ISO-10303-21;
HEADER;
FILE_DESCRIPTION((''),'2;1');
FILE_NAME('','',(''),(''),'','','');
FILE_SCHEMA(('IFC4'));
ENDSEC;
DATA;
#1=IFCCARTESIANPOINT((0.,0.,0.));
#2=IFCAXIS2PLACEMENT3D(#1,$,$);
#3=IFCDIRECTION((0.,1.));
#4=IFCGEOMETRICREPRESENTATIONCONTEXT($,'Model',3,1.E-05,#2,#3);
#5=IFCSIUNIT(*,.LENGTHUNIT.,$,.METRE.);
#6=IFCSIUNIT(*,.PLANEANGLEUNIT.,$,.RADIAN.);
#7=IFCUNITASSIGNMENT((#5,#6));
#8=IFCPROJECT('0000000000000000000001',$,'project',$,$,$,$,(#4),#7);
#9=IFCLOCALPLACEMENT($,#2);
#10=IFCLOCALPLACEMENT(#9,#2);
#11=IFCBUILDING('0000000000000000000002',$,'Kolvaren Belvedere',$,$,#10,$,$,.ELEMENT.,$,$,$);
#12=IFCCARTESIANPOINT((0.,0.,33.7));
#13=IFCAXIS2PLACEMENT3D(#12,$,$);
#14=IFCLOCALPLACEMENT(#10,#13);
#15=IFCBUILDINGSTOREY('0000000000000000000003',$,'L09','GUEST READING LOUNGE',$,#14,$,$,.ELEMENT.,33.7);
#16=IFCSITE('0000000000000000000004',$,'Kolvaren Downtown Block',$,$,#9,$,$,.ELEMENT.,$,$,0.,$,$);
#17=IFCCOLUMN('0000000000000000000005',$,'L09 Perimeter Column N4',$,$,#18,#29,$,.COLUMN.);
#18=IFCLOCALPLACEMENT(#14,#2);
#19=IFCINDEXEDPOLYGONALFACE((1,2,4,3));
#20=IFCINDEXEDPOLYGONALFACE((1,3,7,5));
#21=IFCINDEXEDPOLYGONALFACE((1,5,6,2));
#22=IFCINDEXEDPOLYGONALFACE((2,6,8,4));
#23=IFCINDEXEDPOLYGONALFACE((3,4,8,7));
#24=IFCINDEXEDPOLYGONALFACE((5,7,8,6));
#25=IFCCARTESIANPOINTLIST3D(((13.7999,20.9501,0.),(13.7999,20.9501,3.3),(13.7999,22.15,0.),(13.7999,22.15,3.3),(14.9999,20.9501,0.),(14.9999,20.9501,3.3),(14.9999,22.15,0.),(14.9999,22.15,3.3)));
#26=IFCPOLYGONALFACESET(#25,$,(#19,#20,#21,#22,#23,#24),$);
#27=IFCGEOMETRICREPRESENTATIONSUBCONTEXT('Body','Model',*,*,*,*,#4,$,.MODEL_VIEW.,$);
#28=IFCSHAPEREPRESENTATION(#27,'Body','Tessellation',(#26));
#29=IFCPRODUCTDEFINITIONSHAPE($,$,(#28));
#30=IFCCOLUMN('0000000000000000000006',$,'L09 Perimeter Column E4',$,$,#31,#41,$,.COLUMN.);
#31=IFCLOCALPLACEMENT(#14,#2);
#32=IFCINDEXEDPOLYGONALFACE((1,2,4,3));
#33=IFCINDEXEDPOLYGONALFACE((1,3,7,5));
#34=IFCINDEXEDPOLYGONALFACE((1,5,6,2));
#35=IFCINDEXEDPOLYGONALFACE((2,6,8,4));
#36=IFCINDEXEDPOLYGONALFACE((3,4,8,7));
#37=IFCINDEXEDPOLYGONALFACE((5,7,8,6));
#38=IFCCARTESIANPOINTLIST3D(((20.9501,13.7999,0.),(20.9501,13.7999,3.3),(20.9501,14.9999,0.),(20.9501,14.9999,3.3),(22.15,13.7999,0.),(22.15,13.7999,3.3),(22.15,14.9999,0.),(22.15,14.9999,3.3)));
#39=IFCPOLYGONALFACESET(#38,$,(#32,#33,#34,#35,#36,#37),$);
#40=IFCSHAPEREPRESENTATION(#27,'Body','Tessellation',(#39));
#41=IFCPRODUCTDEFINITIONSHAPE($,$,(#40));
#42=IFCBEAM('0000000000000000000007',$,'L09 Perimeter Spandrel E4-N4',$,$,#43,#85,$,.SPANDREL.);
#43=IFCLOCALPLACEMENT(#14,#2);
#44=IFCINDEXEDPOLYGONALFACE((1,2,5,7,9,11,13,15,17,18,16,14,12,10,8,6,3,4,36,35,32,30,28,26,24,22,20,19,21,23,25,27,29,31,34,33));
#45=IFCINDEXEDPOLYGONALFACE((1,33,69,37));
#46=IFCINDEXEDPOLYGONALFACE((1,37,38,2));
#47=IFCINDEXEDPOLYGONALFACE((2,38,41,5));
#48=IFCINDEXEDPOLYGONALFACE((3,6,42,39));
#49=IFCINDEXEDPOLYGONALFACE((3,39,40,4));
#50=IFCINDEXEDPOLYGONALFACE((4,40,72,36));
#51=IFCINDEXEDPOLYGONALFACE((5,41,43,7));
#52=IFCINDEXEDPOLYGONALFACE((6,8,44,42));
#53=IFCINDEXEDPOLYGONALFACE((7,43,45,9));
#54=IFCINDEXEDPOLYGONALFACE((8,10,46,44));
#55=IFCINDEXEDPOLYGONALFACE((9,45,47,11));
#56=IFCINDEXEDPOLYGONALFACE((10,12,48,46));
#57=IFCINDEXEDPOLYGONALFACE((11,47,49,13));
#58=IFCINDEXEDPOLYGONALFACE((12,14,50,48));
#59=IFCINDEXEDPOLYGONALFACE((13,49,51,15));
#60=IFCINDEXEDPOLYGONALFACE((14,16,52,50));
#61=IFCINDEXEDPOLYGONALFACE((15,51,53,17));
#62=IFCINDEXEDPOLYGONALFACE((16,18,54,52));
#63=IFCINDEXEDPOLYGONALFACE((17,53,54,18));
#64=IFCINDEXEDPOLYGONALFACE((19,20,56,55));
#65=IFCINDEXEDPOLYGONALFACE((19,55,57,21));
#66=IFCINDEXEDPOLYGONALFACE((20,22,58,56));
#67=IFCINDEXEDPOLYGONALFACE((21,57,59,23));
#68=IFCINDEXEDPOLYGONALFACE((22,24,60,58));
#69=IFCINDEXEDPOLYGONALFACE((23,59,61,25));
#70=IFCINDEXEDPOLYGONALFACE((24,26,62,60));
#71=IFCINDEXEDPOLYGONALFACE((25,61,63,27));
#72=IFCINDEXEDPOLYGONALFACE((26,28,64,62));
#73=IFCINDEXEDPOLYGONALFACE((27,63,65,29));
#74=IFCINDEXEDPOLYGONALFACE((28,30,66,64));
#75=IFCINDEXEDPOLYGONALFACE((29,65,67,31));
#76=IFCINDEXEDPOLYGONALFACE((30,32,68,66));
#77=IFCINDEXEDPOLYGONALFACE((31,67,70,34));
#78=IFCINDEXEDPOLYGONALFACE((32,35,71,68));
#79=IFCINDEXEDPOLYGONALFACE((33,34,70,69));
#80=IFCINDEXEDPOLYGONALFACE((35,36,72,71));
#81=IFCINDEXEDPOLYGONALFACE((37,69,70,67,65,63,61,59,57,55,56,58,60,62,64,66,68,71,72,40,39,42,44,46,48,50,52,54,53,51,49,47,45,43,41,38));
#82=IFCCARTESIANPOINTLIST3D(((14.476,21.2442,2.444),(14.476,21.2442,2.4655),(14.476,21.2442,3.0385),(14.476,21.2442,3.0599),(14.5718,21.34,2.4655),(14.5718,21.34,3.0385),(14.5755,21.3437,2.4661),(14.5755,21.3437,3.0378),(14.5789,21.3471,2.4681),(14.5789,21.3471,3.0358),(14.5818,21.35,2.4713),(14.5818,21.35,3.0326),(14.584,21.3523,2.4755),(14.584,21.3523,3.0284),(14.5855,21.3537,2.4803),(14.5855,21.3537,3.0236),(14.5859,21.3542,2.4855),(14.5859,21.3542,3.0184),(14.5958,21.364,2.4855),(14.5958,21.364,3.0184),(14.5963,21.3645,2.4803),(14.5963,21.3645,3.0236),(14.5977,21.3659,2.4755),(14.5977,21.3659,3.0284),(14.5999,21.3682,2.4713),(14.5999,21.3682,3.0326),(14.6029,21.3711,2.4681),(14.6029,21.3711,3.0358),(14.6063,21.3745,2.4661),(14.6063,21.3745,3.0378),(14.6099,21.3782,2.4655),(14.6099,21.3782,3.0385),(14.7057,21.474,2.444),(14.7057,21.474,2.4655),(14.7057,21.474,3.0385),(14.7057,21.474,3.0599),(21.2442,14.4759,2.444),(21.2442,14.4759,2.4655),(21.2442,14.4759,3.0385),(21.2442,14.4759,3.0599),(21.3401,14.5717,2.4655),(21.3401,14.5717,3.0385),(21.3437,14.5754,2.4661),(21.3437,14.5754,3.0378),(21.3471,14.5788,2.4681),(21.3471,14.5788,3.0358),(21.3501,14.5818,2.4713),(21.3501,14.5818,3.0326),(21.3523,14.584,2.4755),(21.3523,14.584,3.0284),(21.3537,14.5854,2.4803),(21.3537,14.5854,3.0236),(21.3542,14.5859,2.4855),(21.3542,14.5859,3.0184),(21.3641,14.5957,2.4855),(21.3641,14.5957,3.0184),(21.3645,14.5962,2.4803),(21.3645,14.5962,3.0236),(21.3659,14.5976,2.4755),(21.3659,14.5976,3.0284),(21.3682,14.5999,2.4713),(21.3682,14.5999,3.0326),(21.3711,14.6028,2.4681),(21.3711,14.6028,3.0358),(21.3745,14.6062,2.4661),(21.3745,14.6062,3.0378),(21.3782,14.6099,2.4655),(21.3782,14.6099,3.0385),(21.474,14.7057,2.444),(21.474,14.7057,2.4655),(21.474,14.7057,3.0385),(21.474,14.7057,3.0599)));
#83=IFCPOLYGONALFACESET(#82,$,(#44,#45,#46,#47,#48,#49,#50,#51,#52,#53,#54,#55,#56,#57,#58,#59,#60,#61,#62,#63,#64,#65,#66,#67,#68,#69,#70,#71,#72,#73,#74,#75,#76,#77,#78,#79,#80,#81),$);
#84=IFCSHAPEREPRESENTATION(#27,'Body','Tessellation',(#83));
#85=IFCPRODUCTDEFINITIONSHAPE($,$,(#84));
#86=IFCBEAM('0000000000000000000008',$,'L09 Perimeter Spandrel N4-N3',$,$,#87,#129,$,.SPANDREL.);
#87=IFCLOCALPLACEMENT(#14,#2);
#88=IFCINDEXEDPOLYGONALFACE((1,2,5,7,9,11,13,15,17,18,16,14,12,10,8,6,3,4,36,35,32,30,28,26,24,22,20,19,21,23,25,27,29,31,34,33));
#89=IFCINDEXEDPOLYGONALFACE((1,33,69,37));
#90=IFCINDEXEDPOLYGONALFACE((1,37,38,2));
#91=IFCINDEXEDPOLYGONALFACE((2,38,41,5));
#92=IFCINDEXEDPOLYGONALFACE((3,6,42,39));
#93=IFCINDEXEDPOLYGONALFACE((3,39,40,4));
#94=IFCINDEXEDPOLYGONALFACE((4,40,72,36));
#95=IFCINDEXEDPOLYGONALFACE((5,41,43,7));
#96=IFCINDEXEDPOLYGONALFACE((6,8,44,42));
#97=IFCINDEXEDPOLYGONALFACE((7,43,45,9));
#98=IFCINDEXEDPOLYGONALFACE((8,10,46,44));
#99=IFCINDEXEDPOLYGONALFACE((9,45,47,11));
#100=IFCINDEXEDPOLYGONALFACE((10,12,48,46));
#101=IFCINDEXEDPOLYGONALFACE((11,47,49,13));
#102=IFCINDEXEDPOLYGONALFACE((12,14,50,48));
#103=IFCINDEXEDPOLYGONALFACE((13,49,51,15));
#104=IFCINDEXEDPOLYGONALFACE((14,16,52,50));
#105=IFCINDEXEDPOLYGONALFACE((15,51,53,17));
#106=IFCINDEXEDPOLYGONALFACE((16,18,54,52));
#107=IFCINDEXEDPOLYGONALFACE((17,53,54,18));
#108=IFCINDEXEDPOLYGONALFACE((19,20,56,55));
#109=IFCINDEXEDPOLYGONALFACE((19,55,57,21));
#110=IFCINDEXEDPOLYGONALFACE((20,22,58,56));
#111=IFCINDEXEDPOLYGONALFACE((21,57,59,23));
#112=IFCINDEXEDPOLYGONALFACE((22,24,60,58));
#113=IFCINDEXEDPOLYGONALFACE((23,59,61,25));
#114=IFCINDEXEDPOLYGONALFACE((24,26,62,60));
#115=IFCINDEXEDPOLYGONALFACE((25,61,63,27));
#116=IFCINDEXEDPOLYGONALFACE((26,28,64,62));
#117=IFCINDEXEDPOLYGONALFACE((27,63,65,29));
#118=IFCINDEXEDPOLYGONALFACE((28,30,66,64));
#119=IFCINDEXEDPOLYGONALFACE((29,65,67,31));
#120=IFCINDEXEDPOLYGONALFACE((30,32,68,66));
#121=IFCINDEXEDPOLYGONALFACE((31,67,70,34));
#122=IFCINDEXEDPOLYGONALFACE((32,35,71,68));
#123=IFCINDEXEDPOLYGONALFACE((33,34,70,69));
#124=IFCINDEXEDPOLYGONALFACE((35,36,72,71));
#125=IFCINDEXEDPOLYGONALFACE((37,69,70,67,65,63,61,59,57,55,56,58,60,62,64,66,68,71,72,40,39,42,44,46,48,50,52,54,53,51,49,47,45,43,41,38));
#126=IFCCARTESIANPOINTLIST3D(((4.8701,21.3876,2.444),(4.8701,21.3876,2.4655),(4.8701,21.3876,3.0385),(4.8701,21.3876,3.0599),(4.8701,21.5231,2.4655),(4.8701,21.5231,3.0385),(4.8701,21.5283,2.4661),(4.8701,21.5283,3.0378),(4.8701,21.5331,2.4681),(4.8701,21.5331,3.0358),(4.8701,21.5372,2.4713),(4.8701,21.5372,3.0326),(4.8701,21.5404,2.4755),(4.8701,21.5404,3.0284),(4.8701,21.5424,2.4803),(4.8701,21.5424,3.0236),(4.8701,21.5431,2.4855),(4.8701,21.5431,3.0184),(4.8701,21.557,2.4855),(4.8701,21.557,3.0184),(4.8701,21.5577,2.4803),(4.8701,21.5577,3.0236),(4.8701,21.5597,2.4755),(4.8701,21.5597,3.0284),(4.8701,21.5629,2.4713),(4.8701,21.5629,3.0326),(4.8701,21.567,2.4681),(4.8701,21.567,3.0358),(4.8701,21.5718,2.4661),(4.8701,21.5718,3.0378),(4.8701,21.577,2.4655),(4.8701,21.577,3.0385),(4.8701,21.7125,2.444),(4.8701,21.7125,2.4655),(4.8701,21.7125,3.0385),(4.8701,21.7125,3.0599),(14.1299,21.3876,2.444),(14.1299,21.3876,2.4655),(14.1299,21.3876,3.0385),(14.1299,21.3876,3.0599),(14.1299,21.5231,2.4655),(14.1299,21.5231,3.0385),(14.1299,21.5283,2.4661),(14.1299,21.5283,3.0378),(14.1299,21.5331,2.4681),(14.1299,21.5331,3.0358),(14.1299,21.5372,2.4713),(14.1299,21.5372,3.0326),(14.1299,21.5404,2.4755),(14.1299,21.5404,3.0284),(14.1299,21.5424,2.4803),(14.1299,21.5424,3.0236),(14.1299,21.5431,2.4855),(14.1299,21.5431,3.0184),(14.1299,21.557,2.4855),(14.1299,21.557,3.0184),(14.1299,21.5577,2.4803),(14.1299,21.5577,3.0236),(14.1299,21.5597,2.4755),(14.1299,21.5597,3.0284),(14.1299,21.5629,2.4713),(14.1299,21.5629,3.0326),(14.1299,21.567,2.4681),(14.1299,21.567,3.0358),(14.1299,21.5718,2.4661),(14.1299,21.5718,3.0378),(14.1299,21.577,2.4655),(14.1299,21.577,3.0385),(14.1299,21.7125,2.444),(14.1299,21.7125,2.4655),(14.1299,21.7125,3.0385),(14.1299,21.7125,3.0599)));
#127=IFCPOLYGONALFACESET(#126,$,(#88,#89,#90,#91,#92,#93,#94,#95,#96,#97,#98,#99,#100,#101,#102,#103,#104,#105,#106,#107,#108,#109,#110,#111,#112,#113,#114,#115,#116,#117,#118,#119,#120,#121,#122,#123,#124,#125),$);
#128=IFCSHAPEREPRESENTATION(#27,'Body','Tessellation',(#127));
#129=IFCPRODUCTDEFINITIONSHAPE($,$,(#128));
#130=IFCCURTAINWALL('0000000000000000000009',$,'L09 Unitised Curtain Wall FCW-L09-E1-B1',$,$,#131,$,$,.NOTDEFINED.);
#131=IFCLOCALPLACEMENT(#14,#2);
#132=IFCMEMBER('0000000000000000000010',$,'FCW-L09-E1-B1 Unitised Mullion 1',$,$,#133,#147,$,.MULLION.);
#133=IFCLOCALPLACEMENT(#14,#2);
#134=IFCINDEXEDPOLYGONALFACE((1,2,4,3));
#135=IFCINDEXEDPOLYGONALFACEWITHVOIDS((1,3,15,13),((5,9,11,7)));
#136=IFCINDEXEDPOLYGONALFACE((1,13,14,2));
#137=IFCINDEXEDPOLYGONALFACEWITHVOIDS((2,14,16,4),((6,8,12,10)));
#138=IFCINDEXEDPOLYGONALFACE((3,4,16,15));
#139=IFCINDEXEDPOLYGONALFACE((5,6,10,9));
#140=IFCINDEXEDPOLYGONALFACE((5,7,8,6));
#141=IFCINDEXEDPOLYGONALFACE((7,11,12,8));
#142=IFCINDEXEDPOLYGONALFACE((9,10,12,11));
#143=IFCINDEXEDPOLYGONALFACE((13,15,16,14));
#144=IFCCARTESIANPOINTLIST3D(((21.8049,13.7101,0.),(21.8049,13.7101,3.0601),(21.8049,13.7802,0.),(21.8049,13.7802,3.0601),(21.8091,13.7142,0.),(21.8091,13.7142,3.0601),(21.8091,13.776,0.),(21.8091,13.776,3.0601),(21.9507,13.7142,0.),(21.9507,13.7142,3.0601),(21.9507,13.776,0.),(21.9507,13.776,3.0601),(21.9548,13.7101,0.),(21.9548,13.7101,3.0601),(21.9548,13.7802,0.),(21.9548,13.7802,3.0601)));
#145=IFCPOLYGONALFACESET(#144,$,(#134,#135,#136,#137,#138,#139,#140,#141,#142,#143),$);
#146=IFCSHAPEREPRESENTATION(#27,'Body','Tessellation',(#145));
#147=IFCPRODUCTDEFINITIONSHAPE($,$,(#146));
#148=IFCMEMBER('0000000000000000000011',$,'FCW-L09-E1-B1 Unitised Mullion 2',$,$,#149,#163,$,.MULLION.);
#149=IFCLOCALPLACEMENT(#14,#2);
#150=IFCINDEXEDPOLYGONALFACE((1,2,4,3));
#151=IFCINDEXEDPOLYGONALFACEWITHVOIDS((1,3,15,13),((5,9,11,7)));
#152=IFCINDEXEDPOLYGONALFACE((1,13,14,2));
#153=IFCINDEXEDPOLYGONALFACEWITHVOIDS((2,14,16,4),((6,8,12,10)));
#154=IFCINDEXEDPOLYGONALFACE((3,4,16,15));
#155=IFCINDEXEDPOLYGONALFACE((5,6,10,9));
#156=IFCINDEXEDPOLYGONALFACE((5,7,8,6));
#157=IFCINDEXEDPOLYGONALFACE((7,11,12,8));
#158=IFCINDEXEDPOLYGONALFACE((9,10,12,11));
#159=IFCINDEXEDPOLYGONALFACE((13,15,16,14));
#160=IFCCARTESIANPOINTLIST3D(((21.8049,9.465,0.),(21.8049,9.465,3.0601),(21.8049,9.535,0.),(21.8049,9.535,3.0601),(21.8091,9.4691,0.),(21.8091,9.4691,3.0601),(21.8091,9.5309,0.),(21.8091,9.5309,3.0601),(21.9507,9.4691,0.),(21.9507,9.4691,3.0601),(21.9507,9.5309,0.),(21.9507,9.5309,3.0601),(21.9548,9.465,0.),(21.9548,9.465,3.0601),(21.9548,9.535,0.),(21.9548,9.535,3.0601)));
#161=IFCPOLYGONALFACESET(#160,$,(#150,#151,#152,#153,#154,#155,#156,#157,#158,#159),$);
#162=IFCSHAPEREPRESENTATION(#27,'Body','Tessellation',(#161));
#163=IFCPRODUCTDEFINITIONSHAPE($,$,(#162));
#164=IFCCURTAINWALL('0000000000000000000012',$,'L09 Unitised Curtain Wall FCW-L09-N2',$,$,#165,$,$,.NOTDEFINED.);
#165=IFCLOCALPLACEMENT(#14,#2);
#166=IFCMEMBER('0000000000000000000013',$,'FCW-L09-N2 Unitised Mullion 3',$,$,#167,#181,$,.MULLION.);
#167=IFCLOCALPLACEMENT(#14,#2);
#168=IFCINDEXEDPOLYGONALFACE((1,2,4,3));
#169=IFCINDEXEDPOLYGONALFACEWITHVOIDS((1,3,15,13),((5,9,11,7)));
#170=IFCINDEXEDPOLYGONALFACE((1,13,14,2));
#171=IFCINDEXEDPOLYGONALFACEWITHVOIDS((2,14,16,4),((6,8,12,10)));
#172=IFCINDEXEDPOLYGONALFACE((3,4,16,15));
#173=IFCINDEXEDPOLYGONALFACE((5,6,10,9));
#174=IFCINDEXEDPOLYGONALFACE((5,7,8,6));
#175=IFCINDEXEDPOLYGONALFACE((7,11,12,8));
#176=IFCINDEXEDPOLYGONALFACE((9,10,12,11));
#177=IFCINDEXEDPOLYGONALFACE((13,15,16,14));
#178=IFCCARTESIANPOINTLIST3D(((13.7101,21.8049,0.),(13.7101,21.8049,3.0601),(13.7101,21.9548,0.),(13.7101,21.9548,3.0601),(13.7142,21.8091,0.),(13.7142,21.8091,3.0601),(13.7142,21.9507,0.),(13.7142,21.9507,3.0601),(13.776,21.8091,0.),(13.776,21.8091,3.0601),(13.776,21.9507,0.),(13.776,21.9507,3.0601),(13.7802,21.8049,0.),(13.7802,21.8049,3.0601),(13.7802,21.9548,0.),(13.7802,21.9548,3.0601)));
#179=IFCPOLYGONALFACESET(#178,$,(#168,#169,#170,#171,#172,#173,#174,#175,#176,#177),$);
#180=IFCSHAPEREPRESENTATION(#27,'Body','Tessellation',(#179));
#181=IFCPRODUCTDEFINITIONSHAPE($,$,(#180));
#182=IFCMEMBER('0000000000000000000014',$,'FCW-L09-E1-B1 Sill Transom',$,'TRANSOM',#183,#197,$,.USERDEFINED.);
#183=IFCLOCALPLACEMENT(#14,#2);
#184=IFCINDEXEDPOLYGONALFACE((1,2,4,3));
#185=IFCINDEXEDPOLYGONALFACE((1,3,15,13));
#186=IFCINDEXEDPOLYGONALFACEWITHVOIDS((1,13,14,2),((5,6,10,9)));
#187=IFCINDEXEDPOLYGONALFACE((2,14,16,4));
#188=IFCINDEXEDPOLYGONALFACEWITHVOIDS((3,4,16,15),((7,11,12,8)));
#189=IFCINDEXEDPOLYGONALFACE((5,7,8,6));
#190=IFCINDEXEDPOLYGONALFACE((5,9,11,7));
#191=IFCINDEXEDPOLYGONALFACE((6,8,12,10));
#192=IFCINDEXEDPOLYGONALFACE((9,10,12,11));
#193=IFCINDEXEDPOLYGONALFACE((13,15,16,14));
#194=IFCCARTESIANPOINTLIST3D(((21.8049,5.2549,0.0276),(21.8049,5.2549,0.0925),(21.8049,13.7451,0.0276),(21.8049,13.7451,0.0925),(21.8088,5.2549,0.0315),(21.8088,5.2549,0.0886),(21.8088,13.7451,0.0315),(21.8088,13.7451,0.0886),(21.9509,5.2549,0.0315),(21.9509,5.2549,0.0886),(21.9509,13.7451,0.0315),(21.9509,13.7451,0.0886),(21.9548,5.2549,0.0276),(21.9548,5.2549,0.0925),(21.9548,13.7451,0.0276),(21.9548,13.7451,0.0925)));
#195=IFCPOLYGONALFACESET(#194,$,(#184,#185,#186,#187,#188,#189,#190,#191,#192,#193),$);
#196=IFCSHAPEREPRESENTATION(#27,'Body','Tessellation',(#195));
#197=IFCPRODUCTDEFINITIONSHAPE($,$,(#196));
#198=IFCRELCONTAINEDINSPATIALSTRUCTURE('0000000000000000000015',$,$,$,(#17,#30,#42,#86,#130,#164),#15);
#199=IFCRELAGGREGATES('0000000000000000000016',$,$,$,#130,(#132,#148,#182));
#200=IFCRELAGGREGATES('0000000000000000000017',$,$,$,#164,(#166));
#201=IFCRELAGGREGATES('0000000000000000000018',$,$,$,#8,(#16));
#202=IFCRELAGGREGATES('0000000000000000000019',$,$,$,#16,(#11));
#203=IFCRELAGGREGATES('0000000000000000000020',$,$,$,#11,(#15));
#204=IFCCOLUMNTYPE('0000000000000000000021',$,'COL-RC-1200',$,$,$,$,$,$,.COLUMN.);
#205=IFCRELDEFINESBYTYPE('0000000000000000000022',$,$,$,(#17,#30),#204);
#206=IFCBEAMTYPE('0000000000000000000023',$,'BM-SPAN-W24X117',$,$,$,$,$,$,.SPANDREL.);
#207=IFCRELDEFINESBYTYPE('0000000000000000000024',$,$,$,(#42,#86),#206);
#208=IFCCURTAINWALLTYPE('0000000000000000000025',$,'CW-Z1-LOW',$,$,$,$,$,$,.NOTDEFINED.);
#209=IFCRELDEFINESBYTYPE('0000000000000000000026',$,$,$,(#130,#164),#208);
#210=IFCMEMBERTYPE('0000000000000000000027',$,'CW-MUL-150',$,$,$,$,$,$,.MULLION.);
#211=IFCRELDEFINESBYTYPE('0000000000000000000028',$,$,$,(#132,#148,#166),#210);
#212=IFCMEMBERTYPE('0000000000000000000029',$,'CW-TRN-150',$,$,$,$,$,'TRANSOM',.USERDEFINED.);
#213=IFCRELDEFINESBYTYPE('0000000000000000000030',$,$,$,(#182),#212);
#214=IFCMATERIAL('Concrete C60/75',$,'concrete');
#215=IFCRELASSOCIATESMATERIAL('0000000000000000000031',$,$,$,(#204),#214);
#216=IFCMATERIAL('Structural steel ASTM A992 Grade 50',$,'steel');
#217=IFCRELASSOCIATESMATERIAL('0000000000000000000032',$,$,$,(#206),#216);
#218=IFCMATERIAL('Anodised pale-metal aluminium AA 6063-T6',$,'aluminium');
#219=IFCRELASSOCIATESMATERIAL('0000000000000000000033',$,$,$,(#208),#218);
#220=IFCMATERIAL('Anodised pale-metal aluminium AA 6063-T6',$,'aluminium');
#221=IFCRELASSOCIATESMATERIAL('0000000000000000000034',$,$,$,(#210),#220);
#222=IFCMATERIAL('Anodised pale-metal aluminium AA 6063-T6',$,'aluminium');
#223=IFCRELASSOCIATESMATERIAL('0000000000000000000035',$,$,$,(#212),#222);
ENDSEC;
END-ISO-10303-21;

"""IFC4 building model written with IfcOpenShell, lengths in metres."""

from ifc_helpers import new_model, si_unit, direction, frame, origin, origin_2d, place, context, subcontext, project, spatial, rectangle, hollow_rectangle, i_section, extrude, material, material_profile, profile_set, type_object, element, aggregate, save


model = new_model("IFC4")

# Units and contexts
model_context = context("Model", 3, precision=1e-05, world=origin(), true_north=direction((0.0, 1.0)))
body_context = subcontext(model_context, "Body", "Model", "MODEL_VIEW")
ifc_project = project(units=[si_unit("LENGTHUNIT", "METRE"), si_unit("PLANEANGLEUNIT", "RADIAN")], contexts=[model_context])

# Site, building, storey
site_placement = place(None, origin())
site = spatial("IfcSite", under=ifc_project, at=site_placement, Name="Kolvaren Downtown Block", CompositionType="ELEMENT", RefElevation=0.0)
building_placement = place(site_placement, origin())
building = spatial("IfcBuilding", under=site, at=building_placement, Name="Kolvaren Belvedere", CompositionType="ELEMENT")
storey_placement = place(building_placement, frame((0.0, 0.0, 33.7)))
storey = spatial("IfcBuildingStorey", under=building, at=storey_placement, Name="L09", Description="GUEST READING LOUNGE", CompositionType="ELEMENT", Elevation=33.7)

# Columns
ifc_material_1 = material(Name="Concrete C60/75", Category="concrete")
ifc_material_profile_1 = material_profile(ifc_material_1, rectangle(XDim=1.2, YDim=1.2, at=origin_2d()), Name="RC 1200X1200")
ifc_profile_set_1 = profile_set([ifc_material_profile_1], Name="Concrete C60/75")
column_type = type_object("IfcColumnType", Name="COL-RC-1200", PredefinedType="COLUMN", material=ifc_profile_set_1)
for number, where, z_axis, x_axis, name in (
    (1, (14.3999, 21.55, 0.0), (0.0, 0.0, 1.0), (1.0, 0.0, 0.0), "L09 Perimeter Column N4"),
    (2, (21.55, 14.3999, 0.0), (0.0, 0.0, 1.0), (1.0, 0.0, 0.0), "L09 Perimeter Column E4"),
):
    element("IfcColumn", number, at=place(storey_placement, frame(where, z_axis=z_axis, x_axis=x_axis)), inside=storey, type_object=column_type, Name=name, PredefinedType="COLUMN", context=body_context, shape_type="SweptSolid", body=[
        extrude(rectangle(XDim=1.2, YDim=1.2, at=origin_2d()), origin(), (0.0, 0.0, 1.0), 3.3),
    ])

# Beams
ifc_material_2 = material(Name="Structural steel ASTM A992 Grade 50", Category="steel")
ifc_material_profile_2 = material_profile(ifc_material_2, i_section(OverallWidth=0.325, OverallDepth=0.616, WebThickness=0.0139, FlangeThickness=0.0215, FilletRadius=0.02, at=origin_2d()), Name="W24X117")
ifc_profile_set_2 = profile_set([ifc_material_profile_2], Name="Structural steel ASTM A992 Grade 50")
beam_type = type_object("IfcBeamType", Name="BM-SPAN-W24X117", PredefinedType="SPANDREL", material=ifc_profile_set_2)
beam_1_placement = place(storey_placement, frame((21.3591, 14.5908, 2.752), z_axis=(-0.707107, 0.707107, 0.0), x_axis=(-0.707107, -0.707107, 0.0)))
element("IfcBeam", 3, at=beam_1_placement, inside=storey, type_object=beam_type, Name="L09 Perimeter Spandrel E4-N4", PredefinedType="SPANDREL", context=body_context, shape_type="SweptSolid", body=[
    extrude(i_section(OverallWidth=0.325, OverallDepth=0.616, WebThickness=0.0139, FlangeThickness=0.0215, FilletRadius=0.02, at=origin_2d()), origin(), (0.0, 0.0, 1.0), 9.5718),
])
beam_2_placement = place(storey_placement, frame((14.1299, 21.55, 2.752), z_axis=(-1.0, 0.0, 0.0), x_axis=(0.0, -1.0, 0.0)))
element("IfcBeam", 4, at=beam_2_placement, inside=storey, type_object=beam_type, Name="L09 Perimeter Spandrel N4-N3", PredefinedType="SPANDREL", context=body_context, shape_type="SweptSolid", body=[
    extrude(i_section(OverallWidth=0.325, OverallDepth=0.616, WebThickness=0.0139, FlangeThickness=0.0215, FilletRadius=0.02, at=origin_2d()), origin(), (0.0, 0.0, 1.0), 9.2598),
])

# Curtain wall, members
ifc_material_3 = material(Name="Anodised pale-metal aluminium AA 6063-T6", Category="aluminium")
curtain_wall_type = type_object("IfcCurtainWallType", Name="CW-Z1-LOW", PredefinedType="NOTDEFINED", material=ifc_material_3)
curtain_wall_1_placement = place(storey_placement, origin())
curtain_wall_1 = element("IfcCurtainWall", 5, at=curtain_wall_1_placement, inside=storey, type_object=curtain_wall_type, Name="L09 Unitised Curtain Wall FCW-L09-E1-B1", PredefinedType="NOTDEFINED")
ifc_material_4 = material(Name="Anodised pale-metal aluminium AA 6063-T6", Category="aluminium")
ifc_material_profile_3 = material_profile(ifc_material_4, hollow_rectangle(XDim=0.0701, YDim=0.1499, WallThickness=0.0042, at=origin_2d()), Name="ALU-MUL-150X70")
ifc_profile_set_3 = profile_set([ifc_material_profile_3], Name="Anodised pale-metal aluminium AA 6063-T6")
member_type_1 = type_object("IfcMemberType", Name="CW-MUL-150", PredefinedType="MULLION", material=ifc_profile_set_3)
member_1_placement = place(storey_placement, frame((21.8799, 13.7451, 0.0), z_axis=(0.0, 0.0, 1.0), x_axis=(0.0, 1.0, 0.0)))
member_1 = element("IfcMember", 6, at=member_1_placement, type_object=member_type_1, Name="FCW-L09-E1-B1 Unitised Mullion 1", PredefinedType="MULLION", context=body_context, shape_type="SweptSolid", body=[
    extrude(hollow_rectangle(XDim=0.0701, YDim=0.1499, WallThickness=0.0042, at=origin_2d()), origin(), (0.0, 0.0, 1.0), 3.0601),
])
member_2_placement = place(storey_placement, frame((21.8799, 9.5, 0.0), z_axis=(0.0, 0.0, 1.0), x_axis=(0.0, 1.0, 0.0)))
member_2 = element("IfcMember", 7, at=member_2_placement, type_object=member_type_1, Name="FCW-L09-E1-B1 Unitised Mullion 2", PredefinedType="MULLION", context=body_context, shape_type="SweptSolid", body=[
    extrude(hollow_rectangle(XDim=0.0701, YDim=0.1499, WallThickness=0.0042, at=origin_2d()), origin(), (0.0, 0.0, 1.0), 3.0601),
])

# Curtain wall, member
curtain_wall_2_placement = place(storey_placement, origin())
curtain_wall_2 = element("IfcCurtainWall", 8, at=curtain_wall_2_placement, inside=storey, type_object=curtain_wall_type, Name="L09 Unitised Curtain Wall FCW-L09-N2", PredefinedType="NOTDEFINED")
member_3_placement = place(storey_placement, frame((13.7451, 21.8799, 0.0), z_axis=(0.0, 0.0, 1.0), x_axis=(1.0, 0.0, 0.0)))
member_3 = element("IfcMember", 9, at=member_3_placement, type_object=member_type_1, Name="FCW-L09-N2 Unitised Mullion 3", PredefinedType="MULLION", context=body_context, shape_type="SweptSolid", body=[
    extrude(hollow_rectangle(XDim=0.0701, YDim=0.1499, WallThickness=0.0042, at=origin_2d()), origin(), (0.0, 0.0, 1.0), 3.0601),
])

# Member
ifc_material_5 = material(Name="Anodised pale-metal aluminium AA 6063-T6", Category="aluminium")
ifc_material_profile_4 = material_profile(ifc_material_5, hollow_rectangle(XDim=0.0649, YDim=0.1499, WallThickness=0.0039, at=origin_2d()), Name="ALU-TRN-150X65")
ifc_profile_set_4 = profile_set([ifc_material_profile_4], Name="Anodised pale-metal aluminium AA 6063-T6")
member_type_2 = type_object("IfcMemberType", Name="CW-TRN-150", ElementType="TRANSOM", PredefinedType="USERDEFINED", material=ifc_profile_set_4)
member_4_placement = place(storey_placement, frame((21.8799, 13.7451, 0.0601), z_axis=(0.0, -1.0, 0.0), x_axis=(0.0, 0.0, 1.0)))
member_4 = element("IfcMember", 10, at=member_4_placement, type_object=member_type_2, Name="FCW-L09-E1-B1 Sill Transom", ObjectType="TRANSOM", PredefinedType="USERDEFINED", context=body_context, shape_type="SweptSolid", body=[
    extrude(hollow_rectangle(XDim=0.0649, YDim=0.1499, WallThickness=0.0039, at=origin_2d()), origin(), (0.0, 0.0, 1.0), 8.4902),
])

aggregate(curtain_wall_1, [member_1, member_2, member_4])
aggregate(curtain_wall_2, [member_3])

save(model, "model.ifc")
